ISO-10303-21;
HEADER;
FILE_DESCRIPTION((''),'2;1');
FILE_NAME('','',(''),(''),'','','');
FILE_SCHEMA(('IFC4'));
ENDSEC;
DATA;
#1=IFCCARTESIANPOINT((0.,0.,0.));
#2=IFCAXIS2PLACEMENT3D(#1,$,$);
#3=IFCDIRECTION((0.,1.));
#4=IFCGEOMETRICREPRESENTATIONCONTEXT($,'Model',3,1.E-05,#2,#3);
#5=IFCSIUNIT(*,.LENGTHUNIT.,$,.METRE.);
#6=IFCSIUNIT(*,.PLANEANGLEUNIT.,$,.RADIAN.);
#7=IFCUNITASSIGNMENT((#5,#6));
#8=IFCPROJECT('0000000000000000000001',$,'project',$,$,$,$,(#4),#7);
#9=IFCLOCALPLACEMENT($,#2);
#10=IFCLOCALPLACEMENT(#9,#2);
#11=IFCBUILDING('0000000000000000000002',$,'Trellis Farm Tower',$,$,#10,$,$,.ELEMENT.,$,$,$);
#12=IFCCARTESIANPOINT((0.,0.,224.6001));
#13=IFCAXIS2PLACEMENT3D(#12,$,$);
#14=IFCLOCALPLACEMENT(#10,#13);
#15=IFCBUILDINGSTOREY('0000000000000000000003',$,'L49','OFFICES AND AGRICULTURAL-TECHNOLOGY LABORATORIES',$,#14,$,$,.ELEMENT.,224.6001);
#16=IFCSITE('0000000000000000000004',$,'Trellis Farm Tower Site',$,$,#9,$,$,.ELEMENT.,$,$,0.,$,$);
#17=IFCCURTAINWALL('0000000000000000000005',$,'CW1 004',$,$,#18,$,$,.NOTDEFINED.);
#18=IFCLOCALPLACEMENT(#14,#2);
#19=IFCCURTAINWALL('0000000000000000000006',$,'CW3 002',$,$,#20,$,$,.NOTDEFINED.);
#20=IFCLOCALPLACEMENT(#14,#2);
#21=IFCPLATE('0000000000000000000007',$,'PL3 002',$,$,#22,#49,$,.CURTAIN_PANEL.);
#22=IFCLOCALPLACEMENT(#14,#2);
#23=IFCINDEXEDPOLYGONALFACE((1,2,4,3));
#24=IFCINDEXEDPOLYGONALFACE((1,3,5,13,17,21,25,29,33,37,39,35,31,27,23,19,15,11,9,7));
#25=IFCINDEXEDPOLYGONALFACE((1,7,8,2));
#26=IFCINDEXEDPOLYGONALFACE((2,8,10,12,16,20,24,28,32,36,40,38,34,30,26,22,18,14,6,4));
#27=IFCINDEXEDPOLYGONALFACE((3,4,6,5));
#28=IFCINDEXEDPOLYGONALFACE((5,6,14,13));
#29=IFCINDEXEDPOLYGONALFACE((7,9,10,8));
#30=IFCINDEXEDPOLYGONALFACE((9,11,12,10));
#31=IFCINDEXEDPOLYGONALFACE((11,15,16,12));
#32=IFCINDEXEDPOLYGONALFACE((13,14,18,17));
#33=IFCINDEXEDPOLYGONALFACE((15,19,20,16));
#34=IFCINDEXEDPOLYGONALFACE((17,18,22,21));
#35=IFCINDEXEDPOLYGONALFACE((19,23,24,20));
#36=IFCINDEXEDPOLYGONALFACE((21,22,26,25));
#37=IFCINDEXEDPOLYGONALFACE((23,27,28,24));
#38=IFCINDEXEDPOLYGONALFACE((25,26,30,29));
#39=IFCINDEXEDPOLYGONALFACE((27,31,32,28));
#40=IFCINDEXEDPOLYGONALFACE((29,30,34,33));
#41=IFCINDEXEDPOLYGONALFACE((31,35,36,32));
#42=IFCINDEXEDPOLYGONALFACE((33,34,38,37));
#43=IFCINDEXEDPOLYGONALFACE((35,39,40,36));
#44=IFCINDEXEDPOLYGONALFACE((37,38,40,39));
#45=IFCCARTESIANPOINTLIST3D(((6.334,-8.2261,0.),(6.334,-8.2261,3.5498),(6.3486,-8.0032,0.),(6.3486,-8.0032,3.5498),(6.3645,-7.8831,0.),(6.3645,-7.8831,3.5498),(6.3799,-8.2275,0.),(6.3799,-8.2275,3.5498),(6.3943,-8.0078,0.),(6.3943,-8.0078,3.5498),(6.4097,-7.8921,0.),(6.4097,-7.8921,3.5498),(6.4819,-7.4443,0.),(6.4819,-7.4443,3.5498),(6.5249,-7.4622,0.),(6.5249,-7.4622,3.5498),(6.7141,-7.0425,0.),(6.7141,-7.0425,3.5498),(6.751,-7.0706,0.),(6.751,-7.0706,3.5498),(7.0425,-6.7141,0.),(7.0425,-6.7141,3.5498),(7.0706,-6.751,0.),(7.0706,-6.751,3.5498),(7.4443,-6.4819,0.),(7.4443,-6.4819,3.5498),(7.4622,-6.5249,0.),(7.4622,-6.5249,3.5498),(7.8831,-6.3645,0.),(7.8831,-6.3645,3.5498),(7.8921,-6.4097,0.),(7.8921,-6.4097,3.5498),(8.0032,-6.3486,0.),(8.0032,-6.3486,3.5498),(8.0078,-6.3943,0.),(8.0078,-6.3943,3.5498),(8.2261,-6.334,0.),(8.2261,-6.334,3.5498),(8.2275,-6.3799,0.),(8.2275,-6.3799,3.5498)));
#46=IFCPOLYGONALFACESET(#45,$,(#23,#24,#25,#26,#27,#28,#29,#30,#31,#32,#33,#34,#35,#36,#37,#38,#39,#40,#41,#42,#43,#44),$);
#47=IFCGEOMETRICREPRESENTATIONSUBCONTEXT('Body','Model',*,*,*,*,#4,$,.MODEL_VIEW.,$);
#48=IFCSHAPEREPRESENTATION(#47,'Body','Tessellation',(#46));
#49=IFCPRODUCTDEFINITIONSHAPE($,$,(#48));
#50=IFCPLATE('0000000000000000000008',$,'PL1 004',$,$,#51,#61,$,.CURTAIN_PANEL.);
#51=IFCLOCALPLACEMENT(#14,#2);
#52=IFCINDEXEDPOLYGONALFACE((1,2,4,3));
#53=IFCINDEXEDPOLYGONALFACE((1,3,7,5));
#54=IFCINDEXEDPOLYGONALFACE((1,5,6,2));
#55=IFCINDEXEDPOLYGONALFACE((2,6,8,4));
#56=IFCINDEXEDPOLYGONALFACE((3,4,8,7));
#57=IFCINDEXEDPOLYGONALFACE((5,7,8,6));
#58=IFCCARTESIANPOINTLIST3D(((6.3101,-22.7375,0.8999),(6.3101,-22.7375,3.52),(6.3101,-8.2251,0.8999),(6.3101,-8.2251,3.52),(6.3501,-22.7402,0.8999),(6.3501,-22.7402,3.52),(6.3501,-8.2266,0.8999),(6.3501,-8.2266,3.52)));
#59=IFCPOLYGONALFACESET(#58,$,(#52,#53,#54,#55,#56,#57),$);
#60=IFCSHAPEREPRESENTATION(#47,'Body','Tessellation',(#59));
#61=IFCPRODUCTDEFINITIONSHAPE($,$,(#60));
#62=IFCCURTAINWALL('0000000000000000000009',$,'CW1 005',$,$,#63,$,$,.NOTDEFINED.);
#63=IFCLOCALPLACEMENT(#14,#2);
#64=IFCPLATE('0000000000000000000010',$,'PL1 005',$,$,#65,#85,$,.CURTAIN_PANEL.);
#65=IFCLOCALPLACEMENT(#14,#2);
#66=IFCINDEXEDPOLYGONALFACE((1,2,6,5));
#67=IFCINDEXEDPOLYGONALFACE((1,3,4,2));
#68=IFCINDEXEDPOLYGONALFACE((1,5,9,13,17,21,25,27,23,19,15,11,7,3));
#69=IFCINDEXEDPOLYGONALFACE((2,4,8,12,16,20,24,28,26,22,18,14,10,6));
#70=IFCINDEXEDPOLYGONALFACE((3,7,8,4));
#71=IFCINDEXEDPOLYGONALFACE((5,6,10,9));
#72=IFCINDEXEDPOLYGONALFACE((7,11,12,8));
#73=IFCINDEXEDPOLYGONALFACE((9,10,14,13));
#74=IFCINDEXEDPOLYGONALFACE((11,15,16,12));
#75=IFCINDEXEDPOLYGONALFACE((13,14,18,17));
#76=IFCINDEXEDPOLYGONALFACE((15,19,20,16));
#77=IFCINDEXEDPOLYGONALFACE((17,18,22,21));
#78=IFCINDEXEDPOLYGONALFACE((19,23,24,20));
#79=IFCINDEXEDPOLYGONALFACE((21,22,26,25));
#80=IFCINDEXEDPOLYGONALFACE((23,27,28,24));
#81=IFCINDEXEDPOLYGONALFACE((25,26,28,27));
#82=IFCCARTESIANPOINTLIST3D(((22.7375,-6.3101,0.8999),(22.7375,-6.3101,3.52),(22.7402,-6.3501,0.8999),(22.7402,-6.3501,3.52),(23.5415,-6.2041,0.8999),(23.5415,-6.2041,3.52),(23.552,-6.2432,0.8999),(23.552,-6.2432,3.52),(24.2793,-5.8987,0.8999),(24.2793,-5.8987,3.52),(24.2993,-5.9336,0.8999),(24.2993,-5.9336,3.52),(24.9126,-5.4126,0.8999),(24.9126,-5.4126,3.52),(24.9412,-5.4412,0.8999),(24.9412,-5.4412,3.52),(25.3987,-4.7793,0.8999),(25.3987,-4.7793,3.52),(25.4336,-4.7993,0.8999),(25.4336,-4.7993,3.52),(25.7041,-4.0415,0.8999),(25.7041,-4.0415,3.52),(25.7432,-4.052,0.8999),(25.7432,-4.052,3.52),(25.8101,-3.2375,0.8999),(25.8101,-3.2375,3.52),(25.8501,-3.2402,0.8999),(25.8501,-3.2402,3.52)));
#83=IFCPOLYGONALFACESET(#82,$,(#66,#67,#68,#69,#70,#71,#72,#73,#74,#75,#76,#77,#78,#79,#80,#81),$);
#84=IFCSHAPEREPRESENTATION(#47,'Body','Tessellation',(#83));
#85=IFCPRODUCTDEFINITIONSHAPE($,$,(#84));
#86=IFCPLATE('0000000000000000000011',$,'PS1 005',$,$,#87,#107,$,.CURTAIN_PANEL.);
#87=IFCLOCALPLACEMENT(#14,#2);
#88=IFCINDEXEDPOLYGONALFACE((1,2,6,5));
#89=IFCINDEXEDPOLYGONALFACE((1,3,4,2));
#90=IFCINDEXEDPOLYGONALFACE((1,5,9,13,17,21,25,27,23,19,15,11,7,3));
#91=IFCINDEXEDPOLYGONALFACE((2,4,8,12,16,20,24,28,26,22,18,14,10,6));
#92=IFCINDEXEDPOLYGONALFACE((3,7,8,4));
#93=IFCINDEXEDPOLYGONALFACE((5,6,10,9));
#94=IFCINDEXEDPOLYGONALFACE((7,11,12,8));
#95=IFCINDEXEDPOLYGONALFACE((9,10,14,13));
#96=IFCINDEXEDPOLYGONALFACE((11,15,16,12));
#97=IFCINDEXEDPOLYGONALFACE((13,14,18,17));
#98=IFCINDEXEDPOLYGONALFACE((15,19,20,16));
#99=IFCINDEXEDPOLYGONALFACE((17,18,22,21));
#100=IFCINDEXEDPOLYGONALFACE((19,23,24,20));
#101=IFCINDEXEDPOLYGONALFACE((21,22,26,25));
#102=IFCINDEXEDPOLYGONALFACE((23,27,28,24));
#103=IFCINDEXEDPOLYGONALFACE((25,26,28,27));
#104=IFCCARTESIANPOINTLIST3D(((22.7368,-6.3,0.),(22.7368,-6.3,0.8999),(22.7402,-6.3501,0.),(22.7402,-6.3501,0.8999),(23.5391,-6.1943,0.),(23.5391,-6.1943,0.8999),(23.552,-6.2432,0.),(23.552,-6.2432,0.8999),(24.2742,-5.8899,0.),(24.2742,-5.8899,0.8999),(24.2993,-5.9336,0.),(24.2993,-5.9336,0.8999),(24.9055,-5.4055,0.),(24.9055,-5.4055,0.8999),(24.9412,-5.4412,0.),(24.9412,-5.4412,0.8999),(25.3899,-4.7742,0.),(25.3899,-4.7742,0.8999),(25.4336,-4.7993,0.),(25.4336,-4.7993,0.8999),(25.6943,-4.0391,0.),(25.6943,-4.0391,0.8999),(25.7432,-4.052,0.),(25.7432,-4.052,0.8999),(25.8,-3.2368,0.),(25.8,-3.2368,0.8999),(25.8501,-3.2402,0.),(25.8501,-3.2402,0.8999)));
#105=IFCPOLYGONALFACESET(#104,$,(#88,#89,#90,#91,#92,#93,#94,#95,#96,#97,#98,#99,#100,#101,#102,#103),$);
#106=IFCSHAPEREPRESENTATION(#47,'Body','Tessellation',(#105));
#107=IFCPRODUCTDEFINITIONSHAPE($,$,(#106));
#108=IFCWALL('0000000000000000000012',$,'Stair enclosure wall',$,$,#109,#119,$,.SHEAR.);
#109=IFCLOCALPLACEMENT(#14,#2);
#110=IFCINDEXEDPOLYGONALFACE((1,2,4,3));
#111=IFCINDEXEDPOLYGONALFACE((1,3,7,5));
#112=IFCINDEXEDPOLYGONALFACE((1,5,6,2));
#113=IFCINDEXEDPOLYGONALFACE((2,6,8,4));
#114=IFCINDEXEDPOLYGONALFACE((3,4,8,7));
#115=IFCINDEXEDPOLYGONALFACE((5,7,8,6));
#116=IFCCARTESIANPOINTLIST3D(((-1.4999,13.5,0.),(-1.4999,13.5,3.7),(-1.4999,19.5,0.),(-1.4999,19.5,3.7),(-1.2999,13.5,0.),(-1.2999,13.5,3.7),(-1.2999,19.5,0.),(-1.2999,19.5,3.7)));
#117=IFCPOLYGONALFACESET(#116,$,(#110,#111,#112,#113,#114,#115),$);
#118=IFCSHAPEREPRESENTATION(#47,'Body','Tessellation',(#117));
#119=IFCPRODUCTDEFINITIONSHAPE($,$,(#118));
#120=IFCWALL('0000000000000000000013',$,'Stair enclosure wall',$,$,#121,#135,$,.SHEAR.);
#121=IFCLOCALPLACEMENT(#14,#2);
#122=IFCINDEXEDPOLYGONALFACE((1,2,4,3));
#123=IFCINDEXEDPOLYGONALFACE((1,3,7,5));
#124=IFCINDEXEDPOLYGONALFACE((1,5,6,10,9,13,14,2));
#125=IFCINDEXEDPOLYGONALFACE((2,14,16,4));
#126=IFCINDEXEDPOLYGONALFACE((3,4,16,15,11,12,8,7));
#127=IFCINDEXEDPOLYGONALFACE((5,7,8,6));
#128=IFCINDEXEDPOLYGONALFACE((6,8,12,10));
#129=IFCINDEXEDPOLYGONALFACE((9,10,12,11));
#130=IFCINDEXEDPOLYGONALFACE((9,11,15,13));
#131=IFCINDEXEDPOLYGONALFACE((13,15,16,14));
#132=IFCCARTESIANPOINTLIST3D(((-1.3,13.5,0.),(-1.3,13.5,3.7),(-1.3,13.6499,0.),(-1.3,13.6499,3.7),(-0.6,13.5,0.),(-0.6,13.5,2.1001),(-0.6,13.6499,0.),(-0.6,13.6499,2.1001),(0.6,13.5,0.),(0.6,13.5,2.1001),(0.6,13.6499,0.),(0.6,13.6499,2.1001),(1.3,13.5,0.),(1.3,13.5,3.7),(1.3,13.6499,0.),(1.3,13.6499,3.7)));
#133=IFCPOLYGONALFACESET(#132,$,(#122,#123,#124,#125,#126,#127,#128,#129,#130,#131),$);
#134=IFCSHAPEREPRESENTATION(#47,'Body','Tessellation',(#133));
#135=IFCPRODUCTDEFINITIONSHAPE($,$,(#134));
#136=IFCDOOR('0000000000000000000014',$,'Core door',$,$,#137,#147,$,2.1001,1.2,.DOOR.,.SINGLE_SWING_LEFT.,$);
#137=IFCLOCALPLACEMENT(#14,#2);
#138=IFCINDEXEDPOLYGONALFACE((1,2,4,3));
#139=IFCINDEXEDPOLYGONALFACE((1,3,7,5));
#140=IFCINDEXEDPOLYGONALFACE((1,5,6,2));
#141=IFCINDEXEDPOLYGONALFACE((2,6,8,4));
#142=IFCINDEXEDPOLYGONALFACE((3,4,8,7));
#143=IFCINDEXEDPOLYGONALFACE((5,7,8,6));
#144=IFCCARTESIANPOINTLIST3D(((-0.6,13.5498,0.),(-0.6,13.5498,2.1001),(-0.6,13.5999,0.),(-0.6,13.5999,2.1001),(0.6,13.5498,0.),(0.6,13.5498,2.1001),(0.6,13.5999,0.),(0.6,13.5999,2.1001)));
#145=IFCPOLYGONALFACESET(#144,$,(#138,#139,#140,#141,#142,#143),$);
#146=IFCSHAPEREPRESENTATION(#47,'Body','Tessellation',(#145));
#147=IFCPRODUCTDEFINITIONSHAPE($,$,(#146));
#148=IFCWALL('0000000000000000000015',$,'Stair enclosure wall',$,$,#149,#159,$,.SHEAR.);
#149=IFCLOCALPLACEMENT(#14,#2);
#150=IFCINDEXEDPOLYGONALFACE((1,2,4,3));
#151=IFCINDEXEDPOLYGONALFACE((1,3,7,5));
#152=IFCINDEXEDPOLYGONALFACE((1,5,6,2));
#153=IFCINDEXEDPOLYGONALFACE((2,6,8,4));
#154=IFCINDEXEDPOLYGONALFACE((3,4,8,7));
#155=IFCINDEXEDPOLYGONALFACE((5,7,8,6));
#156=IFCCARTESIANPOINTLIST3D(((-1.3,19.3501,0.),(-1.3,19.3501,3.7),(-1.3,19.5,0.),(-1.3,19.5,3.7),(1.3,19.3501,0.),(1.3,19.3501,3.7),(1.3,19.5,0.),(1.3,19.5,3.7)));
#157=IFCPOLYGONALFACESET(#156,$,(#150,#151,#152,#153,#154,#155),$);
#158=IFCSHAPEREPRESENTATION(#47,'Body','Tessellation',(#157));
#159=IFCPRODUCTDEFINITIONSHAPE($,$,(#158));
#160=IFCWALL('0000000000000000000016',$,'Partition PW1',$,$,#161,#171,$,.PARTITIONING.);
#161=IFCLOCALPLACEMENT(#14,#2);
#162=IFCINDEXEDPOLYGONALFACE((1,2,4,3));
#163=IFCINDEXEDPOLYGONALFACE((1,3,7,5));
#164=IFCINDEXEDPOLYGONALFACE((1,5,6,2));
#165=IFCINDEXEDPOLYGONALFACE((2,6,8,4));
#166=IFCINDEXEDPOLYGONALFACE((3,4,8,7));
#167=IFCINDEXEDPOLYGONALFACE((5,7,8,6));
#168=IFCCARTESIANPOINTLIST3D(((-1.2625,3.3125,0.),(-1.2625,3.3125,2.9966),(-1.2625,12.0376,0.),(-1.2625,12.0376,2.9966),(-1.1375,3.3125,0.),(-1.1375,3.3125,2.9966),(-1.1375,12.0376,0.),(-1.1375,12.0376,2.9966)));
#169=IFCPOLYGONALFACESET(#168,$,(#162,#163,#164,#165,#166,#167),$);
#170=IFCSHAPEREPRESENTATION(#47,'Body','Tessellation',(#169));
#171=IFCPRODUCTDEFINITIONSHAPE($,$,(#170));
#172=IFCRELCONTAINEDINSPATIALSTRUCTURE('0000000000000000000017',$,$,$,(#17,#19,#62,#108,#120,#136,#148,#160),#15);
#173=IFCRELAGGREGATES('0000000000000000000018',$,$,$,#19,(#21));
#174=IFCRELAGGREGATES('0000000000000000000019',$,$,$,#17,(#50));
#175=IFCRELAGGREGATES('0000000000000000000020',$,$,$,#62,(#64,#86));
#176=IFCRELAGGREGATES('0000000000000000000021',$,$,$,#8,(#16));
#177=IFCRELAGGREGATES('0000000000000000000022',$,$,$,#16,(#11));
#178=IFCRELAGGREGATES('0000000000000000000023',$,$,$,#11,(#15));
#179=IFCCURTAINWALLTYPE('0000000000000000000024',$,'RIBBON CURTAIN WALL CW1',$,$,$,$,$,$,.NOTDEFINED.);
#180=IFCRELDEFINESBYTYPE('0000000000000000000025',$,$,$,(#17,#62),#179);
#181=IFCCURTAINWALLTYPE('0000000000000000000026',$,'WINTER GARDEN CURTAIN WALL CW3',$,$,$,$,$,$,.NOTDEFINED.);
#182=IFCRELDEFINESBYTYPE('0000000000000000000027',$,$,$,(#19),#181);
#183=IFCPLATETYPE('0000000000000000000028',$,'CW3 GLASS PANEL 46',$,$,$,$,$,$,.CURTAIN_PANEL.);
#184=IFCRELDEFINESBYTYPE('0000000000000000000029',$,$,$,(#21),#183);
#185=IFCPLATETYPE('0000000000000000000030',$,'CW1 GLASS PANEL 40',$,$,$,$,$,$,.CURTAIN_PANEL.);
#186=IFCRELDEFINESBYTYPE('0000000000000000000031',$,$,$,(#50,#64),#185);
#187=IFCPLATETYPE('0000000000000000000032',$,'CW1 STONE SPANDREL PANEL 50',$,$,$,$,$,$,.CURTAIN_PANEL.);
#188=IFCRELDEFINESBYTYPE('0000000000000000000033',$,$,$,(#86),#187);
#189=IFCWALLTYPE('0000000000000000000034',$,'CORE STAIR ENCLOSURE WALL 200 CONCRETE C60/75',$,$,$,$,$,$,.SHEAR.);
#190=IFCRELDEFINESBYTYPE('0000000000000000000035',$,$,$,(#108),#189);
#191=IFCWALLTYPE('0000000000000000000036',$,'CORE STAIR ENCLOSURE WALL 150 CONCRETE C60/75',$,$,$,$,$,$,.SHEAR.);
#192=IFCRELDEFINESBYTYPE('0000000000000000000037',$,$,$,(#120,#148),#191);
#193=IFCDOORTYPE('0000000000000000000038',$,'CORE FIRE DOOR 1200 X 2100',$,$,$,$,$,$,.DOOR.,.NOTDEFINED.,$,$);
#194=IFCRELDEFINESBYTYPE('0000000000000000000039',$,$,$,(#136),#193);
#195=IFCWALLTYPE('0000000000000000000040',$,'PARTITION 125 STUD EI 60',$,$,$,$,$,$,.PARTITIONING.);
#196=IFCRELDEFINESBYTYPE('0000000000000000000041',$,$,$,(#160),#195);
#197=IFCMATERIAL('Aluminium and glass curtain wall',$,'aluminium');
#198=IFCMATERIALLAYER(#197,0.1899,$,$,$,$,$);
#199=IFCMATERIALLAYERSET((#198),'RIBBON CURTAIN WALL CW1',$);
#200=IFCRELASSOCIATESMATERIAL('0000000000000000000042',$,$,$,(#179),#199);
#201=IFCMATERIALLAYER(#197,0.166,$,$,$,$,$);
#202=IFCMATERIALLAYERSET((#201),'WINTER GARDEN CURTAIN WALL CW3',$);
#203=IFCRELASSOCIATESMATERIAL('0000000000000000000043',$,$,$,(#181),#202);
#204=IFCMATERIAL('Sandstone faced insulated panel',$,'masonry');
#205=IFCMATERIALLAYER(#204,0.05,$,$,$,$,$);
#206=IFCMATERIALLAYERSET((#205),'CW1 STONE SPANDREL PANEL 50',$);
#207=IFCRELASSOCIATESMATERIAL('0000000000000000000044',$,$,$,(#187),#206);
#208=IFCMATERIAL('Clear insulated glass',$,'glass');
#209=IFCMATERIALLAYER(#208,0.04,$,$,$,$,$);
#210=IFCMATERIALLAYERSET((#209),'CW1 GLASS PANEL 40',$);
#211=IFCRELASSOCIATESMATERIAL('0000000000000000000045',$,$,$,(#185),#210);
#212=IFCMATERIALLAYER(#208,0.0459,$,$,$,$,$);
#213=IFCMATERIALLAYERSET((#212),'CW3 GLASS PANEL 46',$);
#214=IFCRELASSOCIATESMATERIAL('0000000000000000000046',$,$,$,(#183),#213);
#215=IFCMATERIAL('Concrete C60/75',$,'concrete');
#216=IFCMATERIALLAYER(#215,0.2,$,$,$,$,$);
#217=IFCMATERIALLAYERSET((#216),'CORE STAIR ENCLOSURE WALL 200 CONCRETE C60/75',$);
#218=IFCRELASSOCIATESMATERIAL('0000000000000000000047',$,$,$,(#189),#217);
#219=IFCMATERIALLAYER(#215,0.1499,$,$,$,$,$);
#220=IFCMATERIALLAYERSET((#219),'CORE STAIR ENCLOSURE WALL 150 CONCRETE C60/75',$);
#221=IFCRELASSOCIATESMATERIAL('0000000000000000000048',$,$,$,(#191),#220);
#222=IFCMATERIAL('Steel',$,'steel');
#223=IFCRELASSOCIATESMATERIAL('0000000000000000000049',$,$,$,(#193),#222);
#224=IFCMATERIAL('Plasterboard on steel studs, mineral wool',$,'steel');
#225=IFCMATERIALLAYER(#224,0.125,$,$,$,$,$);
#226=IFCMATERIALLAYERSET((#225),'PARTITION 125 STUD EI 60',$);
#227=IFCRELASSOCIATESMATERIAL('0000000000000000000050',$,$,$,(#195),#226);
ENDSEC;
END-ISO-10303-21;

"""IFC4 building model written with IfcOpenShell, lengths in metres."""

from ifc_helpers import new_model, si_unit, direction, frame, frame_2d, origin, place, context, subcontext, project, spatial, polyline, rectangle, outline, extrude, source, transform, mapped, material, layer, layer_set, type_object, element, fill, aggregate, save


model = new_model("IFC4")

# Units and contexts
model_context = context("Model", 3, precision=1e-05, world=origin(), true_north=direction((0.0, 1.0)))
body_context = subcontext(model_context, "Body", "Model", "MODEL_VIEW")
ifc_project = project(units=[si_unit("LENGTHUNIT", "METRE"), si_unit("PLANEANGLEUNIT", "RADIAN")], contexts=[model_context])

# Site, building, storey
site_placement = place(None, origin())
site = spatial("IfcSite", under=ifc_project, at=site_placement, Name="Trellis Farm Tower Site", CompositionType="ELEMENT", RefElevation=0.0)
building_placement = place(site_placement, origin())
building = spatial("IfcBuilding", under=site, at=building_placement, Name="Trellis Farm Tower", CompositionType="ELEMENT")
storey_placement = place(building_placement, frame((0.0, 0.0, 224.6001)))
storey = spatial("IfcBuildingStorey", under=building, at=storey_placement, Name="L49", Description="OFFICES AND AGRICULTURAL-TECHNOLOGY LABORATORIES", CompositionType="ELEMENT", Elevation=224.6001)

# Shared definitions
ifc_material_1 = material(Name="Concrete C60/75", Category="concrete")

# Curtain walls
ifc_material_2 = material(Name="Aluminium and glass curtain wall", Category="aluminium")
ifc_layer_1 = layer(ifc_material_2, 0.1899)
ifc_layer_set_1 = layer_set([ifc_layer_1], Name="RIBBON CURTAIN WALL CW1")
curtain_wall_type_1 = type_object("IfcCurtainWallType", Name="RIBBON CURTAIN WALL CW1", PredefinedType="NOTDEFINED", material=ifc_layer_set_1)
placement_1 = place(storey_placement, origin())
curtain_wall_1 = element("IfcCurtainWall", 1, at=placement_1, inside=storey, type_object=curtain_wall_type_1, Name="CW1 004", PredefinedType="NOTDEFINED")
ifc_layer_2 = layer(ifc_material_2, 0.166)
ifc_layer_set_2 = layer_set([ifc_layer_2], Name="WINTER GARDEN CURTAIN WALL CW3")
curtain_wall_type_2 = type_object("IfcCurtainWallType", Name="WINTER GARDEN CURTAIN WALL CW3", PredefinedType="NOTDEFINED", material=ifc_layer_set_2)
curtain_wall_2 = element("IfcCurtainWall", 2, at=placement_1, inside=storey, type_object=curtain_wall_type_2, Name="CW3 002", PredefinedType="NOTDEFINED")

# Plates
ifc_material_3 = material(Name="Sandstone faced insulated panel", Category="masonry")
ifc_layer_3 = layer(ifc_material_3, 0.05)
ifc_layer_set_3 = layer_set([ifc_layer_3], Name="CW1 STONE SPANDREL PANEL 50")
plate_type_1 = type_object("IfcPlateType", Name="CW1 STONE SPANDREL PANEL 50", PredefinedType="CURTAIN_PANEL", material=ifc_layer_set_3)
ifc_material_4 = material(Name="Clear insulated glass", Category="glass")
ifc_layer_4 = layer(ifc_material_4, 0.04)
ifc_layer_set_4 = layer_set([ifc_layer_4], Name="CW1 GLASS PANEL 40")
plate_type_2 = type_object("IfcPlateType", Name="CW1 GLASS PANEL 40", PredefinedType="CURTAIN_PANEL", material=ifc_layer_set_4)
placement_2 = place(storey_placement, frame((0.0, 0.0, 0.8999)))
ifc_layer_5 = layer(ifc_material_4, 0.0459)
ifc_layer_set_5 = layer_set([ifc_layer_5], Name="CW3 GLASS PANEL 46")
plate_type_3 = type_object("IfcPlateType", Name="CW3 GLASS PANEL 46", PredefinedType="CURTAIN_PANEL", material=ifc_layer_set_5)
shared_shape_1 = source(origin(), body_context, "Body", "SweptSolid", [
    extrude(outline(polyline([(6.3799, -8.2275), (6.3943, -8.0078), (6.4097, -7.8921), (6.5249, -7.4622), (6.751, -7.0706), (7.0706, -6.751), (7.4622, -6.5249), (7.8921, -6.4097), (8.0078, -6.3943), (8.2275, -6.3799), (8.2261, -6.334), (8.0032, -6.3486), (7.8831, -6.3645), (7.4443, -6.4819), (7.0425, -6.7141), (6.7141, -7.0425), (6.4819, -7.4443), (6.3645, -7.8831), (6.3486, -8.0032), (6.334, -8.2261), (6.3799, -8.2275)])), origin(), (0.0, 0.0, 1.0), 3.5498),
])
plate_1 = element("IfcPlate", 3, at=placement_1, type_object=plate_type_3, Name="PL3 002", PredefinedType="CURTAIN_PANEL", context=body_context, shape_type="MappedRepresentation", body=[
    mapped(shared_shape_1, transform((0.0, 0.0, 0.0))),
])
aggregate(curtain_wall_2, [plate_1])
shared_shape_2 = source(origin(), body_context, "Body", "SweptSolid", [
    extrude(outline(polyline([(6.3501, -22.7402), (6.3501, -8.2266), (6.3101, -8.2251), (6.3101, -22.7375), (6.3501, -22.7402)])), origin(), (0.0, 0.0, 1.0), 2.6201),
])
plate_2 = element("IfcPlate", 4, at=placement_2, type_object=plate_type_2, Name="PL1 004", PredefinedType="CURTAIN_PANEL", context=body_context, shape_type="MappedRepresentation", body=[
    mapped(shared_shape_2, transform((0.0, 0.0, 0.0))),
])
aggregate(curtain_wall_1, [plate_2])

# Curtain wall, plates
curtain_wall_3 = element("IfcCurtainWall", 5, at=placement_1, inside=storey, type_object=curtain_wall_type_1, Name="CW1 005", PredefinedType="NOTDEFINED")
shared_shape_3 = source(origin(), body_context, "Body", "SweptSolid", [
    extrude(outline(polyline([(22.7402, -6.3501), (23.552, -6.2432), (24.2993, -5.9336), (24.9412, -5.4412), (25.4336, -4.7993), (25.7432, -4.052), (25.8501, -3.2402), (25.8101, -3.2375), (25.7041, -4.0415), (25.3987, -4.7793), (24.9126, -5.4126), (24.2793, -5.8987), (23.5415, -6.2041), (22.7375, -6.3101), (22.7402, -6.3501)])), origin(), (0.0, 0.0, 1.0), 2.6201),
])
plate_3 = element("IfcPlate", 6, at=placement_2, type_object=plate_type_2, Name="PL1 005", PredefinedType="CURTAIN_PANEL", context=body_context, shape_type="MappedRepresentation", body=[
    mapped(shared_shape_3, transform((0.0, 0.0, 0.0))),
])
shared_shape_4 = source(origin(), body_context, "Body", "SweptSolid", [
    extrude(outline(polyline([(22.7402, -6.3501), (23.552, -6.2432), (24.2993, -5.9336), (24.9412, -5.4412), (25.4336, -4.7993), (25.7432, -4.052), (25.8501, -3.2402), (25.8, -3.2368), (25.6943, -4.0391), (25.3899, -4.7742), (24.9055, -5.4055), (24.2742, -5.8899), (23.5391, -6.1943), (22.7368, -6.3), (22.7402, -6.3501)])), origin(), (0.0, 0.0, 1.0), 0.8999),
])
plate_4 = element("IfcPlate", 7, at=placement_1, type_object=plate_type_1, Name="PS1 005", PredefinedType="CURTAIN_PANEL", context=body_context, shape_type="MappedRepresentation", body=[
    mapped(shared_shape_4, transform((0.0, 0.0, 0.0))),
])
aggregate(curtain_wall_3, [plate_3, plate_4])

# Wall
ifc_layer_6 = layer(ifc_material_1, 0.2)
ifc_layer_set_6 = layer_set([ifc_layer_6], Name="CORE STAIR ENCLOSURE WALL 200 CONCRETE C60/75")
wall_type_1 = type_object("IfcWallType", Name="CORE STAIR ENCLOSURE WALL 200 CONCRETE C60/75", PredefinedType="SHEAR", material=ifc_layer_set_6)
shared_shape_5 = source(origin(), body_context, "Body", "SweptSolid", [
    extrude(rectangle(XDim=6.0, YDim=0.2, at=frame_2d((3.0, 0.0))), origin(), (0.0, 0.0, 1.0), 3.7),
])
wall_1_placement = place(storey_placement, frame((-1.3999, 13.5, 0.0), z_axis=(0.0, 0.0, 1.0), x_axis=(0.0, 1.0, 0.0)))
element("IfcWall", 8, at=wall_1_placement, inside=storey, type_object=wall_type_1, Name="Stair enclosure wall", PredefinedType="SHEAR", context=body_context, shape_type="MappedRepresentation", body=[
    mapped(shared_shape_5, transform((0.0, 0.0, 0.0))),
])

# Wall, opening, door
ifc_layer_7 = layer(ifc_material_1, 0.1499)
ifc_layer_set_7 = layer_set([ifc_layer_7], Name="CORE STAIR ENCLOSURE WALL 150 CONCRETE C60/75")
wall_type_2 = type_object("IfcWallType", Name="CORE STAIR ENCLOSURE WALL 150 CONCRETE C60/75", PredefinedType="SHEAR", material=ifc_layer_set_7)
shared_shape_6 = source(origin(), body_context, "Body", "SweptSolid", [
    extrude(rectangle(XDim=2.6001, YDim=0.1499, at=frame_2d((1.3, 0.0))), origin(), (0.0, 0.0, 1.0), 3.7),
])
wall_2_placement = place(storey_placement, frame((-1.3, 13.575, 0.0), z_axis=(0.0, 0.0, 1.0), x_axis=(1.0, 0.0, 0.0)))
wall_2 = element("IfcWall", 9, at=wall_2_placement, inside=storey, type_object=wall_type_2, Name="Stair enclosure wall", PredefinedType="SHEAR", context=body_context, shape_type="MappedRepresentation", body=[
    mapped(shared_shape_6, transform((0.0, 0.0, 0.0))),
])
shared_shape_7 = source(origin(), body_context, "Body", "SweptSolid", [
    extrude(rectangle(XDim=1.2, YDim=2.1001, at=frame_2d((0.6001, 1.05))), frame((0.0, 0.085, 0.0), z_axis=(0.0, -1.0, 0.0), x_axis=(1.0, 0.0, 0.0)), (0.0, 0.0, 1.0), 0.1699),
])
opening_1_placement = place(wall_2_placement, frame((0.7, 0.0, 0.0)))
opening_1 = element("IfcOpeningElement", 10, at=opening_1_placement, cuts=wall_2, PredefinedType="OPENING", context=body_context, shape_type="MappedRepresentation", body=[
    mapped(shared_shape_7, transform((0.0, 0.0, 0.0))),
])
ifc_material_5 = material(Name="Steel", Category="steel")
door_type_1 = type_object("IfcDoorType", Name="CORE FIRE DOOR 1200 X 2100", OperationType="NOTDEFINED", PredefinedType="DOOR", material=ifc_material_5)
shared_shape_8 = source(origin(), body_context, "Body", "SweptSolid", [
    extrude(rectangle(XDim=1.2, YDim=2.1001, at=frame_2d((0.6001, 1.05))), frame((0.0, 0.0249, 0.0), z_axis=(0.0, -1.0, 0.0), x_axis=(1.0, 0.0, 0.0)), (0.0, 0.0, 1.0), 0.05),
])
door_1_placement = place(opening_1_placement, origin())
door_1 = element("IfcDoor", 11, at=door_1_placement, inside=storey, type_object=door_type_1, Name="Core door", OperationType="SINGLE_SWING_LEFT", OverallHeight=2.1001, OverallWidth=1.2, PredefinedType="DOOR", context=body_context, shape_type="MappedRepresentation", body=[
    mapped(shared_shape_8, transform((0.0, 0.0, 0.0))),
])
fill(opening_1, door_1)

# Walls
wall_3_placement = place(storey_placement, frame((-1.3, 19.425, 0.0), z_axis=(0.0, 0.0, 1.0), x_axis=(1.0, 0.0, 0.0)))
element("IfcWall", 12, at=wall_3_placement, inside=storey, type_object=wall_type_2, Name="Stair enclosure wall", PredefinedType="SHEAR", context=body_context, shape_type="MappedRepresentation", body=[
    mapped(shared_shape_6, transform((0.0, 0.0, 0.0))),
])
ifc_material_6 = material(Name="Plasterboard on steel studs, mineral wool", Category="steel")
ifc_layer_8 = layer(ifc_material_6, 0.125)
ifc_layer_set_8 = layer_set([ifc_layer_8], Name="PARTITION 125 STUD EI 60")
wall_type_3 = type_object("IfcWallType", Name="PARTITION 125 STUD EI 60", PredefinedType="PARTITIONING", material=ifc_layer_set_8)
shared_shape_9 = source(origin(), body_context, "Body", "SweptSolid", [
    extrude(rectangle(XDim=8.7251, YDim=0.125, at=frame_2d((4.3625, 0.0))), origin(), (0.0, 0.0, 1.0), 2.9966),
])
wall_4_placement = place(storey_placement, frame((-1.2, 12.0376, 0.0), z_axis=(0.0, 0.0, 1.0), x_axis=(0.0, -1.0, 0.0)))
element("IfcWall", 13, at=wall_4_placement, inside=storey, type_object=wall_type_3, Name="Partition PW1", PredefinedType="PARTITIONING", context=body_context, shape_type="MappedRepresentation", body=[
    mapped(shared_shape_9, transform((0.0, 0.0, 0.0))),
])

save(model, "model.ifc")
